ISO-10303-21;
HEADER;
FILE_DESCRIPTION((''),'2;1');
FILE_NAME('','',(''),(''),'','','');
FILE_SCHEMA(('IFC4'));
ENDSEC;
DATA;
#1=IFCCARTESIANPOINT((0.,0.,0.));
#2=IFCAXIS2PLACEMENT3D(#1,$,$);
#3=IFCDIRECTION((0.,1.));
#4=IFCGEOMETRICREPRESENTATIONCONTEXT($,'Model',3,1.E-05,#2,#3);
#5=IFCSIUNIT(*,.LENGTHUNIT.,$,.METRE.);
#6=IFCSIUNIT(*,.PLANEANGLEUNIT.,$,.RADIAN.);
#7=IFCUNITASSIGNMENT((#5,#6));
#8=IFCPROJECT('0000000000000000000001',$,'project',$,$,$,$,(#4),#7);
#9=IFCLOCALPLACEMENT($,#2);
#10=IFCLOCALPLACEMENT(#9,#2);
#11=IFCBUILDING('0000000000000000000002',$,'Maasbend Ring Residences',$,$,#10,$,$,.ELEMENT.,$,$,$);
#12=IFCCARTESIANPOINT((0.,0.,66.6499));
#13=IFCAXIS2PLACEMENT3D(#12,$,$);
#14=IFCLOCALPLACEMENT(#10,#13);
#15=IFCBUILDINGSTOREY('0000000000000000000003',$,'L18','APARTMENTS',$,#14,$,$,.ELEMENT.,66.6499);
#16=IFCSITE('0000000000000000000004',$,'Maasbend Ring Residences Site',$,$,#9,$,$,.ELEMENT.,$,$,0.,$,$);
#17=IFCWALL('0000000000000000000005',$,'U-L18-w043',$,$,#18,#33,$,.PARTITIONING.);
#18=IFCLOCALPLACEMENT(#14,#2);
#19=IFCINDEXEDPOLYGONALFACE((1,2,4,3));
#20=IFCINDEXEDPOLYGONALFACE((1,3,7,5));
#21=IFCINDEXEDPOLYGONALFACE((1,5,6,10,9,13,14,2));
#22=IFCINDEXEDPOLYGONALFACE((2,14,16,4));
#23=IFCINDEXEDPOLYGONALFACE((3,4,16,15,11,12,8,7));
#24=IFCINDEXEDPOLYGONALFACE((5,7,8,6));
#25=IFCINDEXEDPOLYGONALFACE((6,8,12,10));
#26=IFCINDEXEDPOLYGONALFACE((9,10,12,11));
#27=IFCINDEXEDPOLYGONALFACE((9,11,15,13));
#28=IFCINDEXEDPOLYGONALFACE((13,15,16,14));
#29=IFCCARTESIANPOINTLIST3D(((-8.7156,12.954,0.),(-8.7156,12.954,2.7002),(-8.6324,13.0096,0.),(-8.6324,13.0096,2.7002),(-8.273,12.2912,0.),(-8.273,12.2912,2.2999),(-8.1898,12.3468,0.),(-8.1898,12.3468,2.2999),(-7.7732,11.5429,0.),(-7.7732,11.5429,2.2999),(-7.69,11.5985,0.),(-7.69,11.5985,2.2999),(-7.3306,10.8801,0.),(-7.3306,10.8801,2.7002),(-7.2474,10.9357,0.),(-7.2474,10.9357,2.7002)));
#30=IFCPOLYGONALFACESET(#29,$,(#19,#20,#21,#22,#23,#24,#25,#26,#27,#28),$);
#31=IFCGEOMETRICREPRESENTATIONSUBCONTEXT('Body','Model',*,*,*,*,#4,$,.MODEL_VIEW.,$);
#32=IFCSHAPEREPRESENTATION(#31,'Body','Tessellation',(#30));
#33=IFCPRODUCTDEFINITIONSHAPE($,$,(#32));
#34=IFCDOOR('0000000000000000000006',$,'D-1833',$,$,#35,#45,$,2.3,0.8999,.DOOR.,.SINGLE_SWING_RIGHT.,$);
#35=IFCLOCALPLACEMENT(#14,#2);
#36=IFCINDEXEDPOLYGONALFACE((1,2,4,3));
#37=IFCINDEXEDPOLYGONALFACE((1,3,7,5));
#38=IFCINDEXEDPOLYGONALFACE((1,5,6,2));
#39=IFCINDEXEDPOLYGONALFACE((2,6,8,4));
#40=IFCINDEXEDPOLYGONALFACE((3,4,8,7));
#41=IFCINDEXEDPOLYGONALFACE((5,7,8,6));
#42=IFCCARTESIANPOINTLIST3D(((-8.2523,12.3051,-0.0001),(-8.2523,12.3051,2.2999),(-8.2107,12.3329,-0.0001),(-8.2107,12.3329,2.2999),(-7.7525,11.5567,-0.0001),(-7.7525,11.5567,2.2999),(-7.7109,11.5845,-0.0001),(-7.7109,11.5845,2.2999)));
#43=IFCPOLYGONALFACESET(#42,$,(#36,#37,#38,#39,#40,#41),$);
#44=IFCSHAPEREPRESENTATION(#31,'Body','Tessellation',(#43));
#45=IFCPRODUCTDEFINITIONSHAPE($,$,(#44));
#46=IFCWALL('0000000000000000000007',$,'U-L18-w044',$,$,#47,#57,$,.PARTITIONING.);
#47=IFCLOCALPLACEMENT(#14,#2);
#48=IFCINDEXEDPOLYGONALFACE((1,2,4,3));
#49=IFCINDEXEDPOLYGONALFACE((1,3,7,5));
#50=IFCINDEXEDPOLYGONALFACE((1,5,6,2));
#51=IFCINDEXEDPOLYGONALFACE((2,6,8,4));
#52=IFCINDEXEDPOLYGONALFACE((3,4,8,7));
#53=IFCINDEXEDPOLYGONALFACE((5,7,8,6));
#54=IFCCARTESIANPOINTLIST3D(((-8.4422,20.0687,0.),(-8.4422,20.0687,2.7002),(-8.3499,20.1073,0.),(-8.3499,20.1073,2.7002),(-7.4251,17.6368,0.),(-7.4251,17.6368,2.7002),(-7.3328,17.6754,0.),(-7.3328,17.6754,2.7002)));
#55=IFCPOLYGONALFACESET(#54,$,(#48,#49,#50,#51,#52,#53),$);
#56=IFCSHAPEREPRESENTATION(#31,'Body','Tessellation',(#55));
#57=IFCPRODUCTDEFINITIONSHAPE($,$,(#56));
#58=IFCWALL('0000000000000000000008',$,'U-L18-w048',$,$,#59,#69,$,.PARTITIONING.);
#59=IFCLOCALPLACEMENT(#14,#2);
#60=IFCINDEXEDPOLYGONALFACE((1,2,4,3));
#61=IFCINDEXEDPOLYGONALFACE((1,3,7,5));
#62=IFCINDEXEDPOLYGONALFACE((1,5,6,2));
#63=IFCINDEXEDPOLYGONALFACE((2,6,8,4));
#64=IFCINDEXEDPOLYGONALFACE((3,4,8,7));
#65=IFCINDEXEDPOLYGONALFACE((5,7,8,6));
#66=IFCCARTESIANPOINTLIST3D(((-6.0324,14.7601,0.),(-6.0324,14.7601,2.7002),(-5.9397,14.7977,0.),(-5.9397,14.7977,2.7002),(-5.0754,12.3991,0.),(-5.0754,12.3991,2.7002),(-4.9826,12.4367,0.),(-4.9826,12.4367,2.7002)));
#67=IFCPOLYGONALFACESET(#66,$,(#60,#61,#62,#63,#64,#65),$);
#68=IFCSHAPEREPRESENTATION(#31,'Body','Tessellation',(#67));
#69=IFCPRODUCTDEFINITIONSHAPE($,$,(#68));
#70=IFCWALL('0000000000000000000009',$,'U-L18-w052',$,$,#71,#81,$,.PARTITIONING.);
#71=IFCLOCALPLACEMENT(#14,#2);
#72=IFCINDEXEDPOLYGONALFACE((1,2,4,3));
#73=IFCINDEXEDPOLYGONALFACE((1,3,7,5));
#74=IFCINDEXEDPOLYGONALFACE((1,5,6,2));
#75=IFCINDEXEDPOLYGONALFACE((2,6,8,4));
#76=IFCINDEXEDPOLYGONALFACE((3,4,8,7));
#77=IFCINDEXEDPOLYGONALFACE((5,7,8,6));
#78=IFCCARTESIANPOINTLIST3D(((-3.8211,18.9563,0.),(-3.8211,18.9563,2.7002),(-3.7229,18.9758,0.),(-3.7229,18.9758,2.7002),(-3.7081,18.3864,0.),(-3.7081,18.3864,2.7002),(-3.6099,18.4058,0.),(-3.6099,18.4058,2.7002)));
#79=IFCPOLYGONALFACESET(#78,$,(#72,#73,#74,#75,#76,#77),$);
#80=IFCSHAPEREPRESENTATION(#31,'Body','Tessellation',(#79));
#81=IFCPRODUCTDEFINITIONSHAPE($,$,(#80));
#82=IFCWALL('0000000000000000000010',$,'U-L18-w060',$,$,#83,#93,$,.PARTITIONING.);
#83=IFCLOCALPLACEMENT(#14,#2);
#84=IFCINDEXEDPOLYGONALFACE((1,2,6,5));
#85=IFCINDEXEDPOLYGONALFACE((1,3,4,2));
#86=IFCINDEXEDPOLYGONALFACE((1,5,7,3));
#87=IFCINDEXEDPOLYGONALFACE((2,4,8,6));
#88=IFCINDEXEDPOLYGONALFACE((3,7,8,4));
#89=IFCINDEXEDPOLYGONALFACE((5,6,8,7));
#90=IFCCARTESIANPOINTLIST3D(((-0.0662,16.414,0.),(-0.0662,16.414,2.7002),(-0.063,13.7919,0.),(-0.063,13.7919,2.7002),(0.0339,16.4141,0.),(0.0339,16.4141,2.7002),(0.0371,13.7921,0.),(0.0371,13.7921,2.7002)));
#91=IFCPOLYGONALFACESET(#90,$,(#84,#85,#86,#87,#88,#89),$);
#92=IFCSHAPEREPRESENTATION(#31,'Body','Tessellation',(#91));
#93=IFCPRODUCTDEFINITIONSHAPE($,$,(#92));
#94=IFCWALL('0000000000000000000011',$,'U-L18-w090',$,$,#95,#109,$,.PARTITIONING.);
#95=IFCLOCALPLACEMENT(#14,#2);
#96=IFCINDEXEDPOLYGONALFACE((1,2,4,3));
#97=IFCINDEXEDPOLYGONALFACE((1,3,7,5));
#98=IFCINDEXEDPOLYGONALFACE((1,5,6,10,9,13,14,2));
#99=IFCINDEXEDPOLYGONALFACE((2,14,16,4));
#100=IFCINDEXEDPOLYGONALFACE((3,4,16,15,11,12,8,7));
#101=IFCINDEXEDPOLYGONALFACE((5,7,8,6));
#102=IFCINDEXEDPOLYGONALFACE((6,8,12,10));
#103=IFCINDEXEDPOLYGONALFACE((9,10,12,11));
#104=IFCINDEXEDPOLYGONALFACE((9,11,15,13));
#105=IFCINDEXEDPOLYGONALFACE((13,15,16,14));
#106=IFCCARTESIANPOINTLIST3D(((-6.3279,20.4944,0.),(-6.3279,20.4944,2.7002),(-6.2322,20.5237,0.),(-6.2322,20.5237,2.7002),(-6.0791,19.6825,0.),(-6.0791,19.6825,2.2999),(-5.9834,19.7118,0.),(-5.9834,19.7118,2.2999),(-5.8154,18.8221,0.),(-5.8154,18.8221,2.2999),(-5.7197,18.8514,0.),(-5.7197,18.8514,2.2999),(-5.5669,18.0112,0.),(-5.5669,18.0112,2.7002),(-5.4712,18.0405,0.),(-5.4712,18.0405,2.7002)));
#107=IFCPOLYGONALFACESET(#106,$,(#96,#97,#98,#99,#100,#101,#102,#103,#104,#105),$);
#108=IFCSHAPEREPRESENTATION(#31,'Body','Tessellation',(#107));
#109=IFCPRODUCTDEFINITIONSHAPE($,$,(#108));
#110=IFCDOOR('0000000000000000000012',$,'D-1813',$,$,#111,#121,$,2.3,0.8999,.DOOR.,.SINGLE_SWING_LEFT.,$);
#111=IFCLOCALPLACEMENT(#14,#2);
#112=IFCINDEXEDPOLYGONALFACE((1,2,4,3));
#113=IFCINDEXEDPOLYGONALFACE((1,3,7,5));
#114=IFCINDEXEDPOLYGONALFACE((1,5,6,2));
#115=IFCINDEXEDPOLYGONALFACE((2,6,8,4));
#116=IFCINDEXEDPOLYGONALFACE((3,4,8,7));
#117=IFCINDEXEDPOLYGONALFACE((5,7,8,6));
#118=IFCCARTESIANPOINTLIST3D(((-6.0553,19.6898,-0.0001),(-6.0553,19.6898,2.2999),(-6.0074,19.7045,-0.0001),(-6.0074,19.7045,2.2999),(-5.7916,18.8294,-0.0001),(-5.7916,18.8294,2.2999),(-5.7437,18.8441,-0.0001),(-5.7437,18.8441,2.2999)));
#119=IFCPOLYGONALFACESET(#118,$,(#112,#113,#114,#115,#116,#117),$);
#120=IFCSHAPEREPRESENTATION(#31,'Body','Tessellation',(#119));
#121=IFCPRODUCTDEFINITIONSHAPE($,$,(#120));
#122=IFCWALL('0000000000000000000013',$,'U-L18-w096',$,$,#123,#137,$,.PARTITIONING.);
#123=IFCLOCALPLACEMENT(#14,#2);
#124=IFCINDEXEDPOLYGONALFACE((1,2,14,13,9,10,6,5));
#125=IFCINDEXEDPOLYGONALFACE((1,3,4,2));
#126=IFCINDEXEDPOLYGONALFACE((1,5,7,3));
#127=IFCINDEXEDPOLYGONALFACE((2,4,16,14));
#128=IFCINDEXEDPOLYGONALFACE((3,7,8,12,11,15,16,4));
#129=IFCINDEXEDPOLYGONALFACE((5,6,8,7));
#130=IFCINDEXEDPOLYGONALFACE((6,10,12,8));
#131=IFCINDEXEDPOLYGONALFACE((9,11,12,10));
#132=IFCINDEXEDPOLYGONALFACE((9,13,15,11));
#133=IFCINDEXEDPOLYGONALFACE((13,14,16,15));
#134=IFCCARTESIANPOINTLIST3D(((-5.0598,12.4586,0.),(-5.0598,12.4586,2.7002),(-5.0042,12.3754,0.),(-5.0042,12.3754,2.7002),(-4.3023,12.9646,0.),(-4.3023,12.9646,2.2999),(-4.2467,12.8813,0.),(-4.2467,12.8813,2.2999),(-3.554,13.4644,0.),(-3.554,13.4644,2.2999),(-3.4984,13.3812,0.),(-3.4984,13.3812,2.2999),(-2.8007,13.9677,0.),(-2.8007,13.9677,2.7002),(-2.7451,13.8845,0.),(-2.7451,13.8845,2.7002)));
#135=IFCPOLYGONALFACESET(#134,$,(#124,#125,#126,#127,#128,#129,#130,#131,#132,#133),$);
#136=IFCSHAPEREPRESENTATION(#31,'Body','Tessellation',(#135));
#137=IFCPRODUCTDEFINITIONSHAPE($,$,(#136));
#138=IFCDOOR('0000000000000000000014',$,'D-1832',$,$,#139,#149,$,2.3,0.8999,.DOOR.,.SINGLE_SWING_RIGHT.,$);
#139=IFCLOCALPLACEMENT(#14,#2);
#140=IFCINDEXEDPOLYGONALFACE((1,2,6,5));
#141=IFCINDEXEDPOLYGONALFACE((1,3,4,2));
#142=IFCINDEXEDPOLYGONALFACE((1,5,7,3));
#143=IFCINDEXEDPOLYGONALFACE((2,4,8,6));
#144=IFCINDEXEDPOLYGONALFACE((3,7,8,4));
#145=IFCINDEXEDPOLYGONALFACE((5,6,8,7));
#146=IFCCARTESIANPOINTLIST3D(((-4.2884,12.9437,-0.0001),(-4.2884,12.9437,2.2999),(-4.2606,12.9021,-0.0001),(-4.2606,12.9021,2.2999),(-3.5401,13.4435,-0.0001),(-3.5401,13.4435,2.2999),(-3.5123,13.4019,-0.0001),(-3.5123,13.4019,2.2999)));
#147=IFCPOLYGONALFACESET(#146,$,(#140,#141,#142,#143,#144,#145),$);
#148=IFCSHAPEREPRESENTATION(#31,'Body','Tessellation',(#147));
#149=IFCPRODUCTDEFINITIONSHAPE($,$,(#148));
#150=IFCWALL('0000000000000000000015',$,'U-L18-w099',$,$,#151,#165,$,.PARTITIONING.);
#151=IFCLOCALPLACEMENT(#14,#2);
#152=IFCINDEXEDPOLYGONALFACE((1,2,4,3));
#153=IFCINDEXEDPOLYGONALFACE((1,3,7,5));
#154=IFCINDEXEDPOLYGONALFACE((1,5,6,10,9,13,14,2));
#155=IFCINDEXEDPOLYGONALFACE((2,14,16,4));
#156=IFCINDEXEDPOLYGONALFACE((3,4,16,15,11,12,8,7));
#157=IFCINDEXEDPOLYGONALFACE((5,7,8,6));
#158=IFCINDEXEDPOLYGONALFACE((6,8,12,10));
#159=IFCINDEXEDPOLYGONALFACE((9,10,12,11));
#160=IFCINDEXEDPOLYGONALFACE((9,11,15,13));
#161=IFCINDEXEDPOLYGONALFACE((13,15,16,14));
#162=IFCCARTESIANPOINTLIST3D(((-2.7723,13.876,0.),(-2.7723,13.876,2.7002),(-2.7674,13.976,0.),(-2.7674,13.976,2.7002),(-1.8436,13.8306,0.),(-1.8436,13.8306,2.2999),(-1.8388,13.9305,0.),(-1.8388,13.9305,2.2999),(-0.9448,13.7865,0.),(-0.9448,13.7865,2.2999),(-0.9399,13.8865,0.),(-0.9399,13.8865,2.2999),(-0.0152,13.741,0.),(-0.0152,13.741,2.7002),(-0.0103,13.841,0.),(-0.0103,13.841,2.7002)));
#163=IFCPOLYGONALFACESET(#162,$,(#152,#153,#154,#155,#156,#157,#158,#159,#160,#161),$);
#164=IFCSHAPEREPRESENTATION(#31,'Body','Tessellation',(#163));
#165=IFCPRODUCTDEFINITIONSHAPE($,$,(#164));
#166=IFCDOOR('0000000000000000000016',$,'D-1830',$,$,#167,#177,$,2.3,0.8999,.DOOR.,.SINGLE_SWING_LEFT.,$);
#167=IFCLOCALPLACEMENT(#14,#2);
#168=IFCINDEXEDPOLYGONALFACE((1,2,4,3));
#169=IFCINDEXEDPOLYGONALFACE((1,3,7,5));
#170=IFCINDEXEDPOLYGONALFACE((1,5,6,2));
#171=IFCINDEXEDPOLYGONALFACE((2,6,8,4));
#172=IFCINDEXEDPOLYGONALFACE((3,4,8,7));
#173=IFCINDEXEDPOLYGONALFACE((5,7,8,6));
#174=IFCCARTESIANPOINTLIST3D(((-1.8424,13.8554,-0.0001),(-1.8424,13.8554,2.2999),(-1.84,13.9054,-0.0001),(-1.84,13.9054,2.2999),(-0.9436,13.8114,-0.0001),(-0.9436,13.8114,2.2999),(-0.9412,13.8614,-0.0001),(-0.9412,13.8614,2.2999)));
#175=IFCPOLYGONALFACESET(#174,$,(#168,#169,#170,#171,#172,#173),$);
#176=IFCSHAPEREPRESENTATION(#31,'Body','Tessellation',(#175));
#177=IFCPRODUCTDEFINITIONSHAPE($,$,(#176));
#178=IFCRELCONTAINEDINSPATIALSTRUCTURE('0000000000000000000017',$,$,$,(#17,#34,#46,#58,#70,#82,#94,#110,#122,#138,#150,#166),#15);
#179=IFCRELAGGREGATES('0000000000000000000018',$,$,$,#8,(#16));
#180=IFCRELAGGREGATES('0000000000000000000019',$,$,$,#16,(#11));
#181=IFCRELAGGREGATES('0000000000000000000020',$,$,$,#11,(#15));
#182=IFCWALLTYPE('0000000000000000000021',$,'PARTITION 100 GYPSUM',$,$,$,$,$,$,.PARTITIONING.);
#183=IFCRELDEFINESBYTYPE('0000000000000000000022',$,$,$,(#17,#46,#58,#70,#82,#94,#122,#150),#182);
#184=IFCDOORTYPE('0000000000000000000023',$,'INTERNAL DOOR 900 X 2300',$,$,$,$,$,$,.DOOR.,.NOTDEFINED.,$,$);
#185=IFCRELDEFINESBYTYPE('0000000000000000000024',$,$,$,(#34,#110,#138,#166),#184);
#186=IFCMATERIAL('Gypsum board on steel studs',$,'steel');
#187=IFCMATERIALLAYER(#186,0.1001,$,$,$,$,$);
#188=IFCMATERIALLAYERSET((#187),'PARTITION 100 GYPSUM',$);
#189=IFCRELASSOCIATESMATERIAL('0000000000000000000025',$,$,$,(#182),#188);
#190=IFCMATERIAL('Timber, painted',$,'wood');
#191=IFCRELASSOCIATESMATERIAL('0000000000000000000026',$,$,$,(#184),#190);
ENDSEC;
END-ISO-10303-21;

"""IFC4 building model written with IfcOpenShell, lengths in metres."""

from ifc_helpers import new_model, si_unit, direction, frame, frame_2d, origin, place, context, subcontext, project, spatial, rectangle, extrude, material, layer, layer_set, type_object, element, fill, save


model = new_model("IFC4")

# Units and contexts
model_context = context("Model", 3, precision=1e-05, world=origin(), true_north=direction((0.0, 1.0)))
body_context = subcontext(model_context, "Body", "Model", "MODEL_VIEW")
ifc_project = project(units=[si_unit("LENGTHUNIT", "METRE"), si_unit("PLANEANGLEUNIT", "RADIAN")], contexts=[model_context])

# Site, building, storey
site_placement = place(None, origin())
site = spatial("IfcSite", under=ifc_project, at=site_placement, Name="Maasbend Ring Residences Site", CompositionType="ELEMENT", RefElevation=0.0)
building_placement = place(site_placement, origin())
building = spatial("IfcBuilding", under=site, at=building_placement, Name="Maasbend Ring Residences", CompositionType="ELEMENT")
storey_placement = place(building_placement, frame((0.0, 0.0, 66.6499)))
storey = spatial("IfcBuildingStorey", under=building, at=storey_placement, Name="L18", Description="APARTMENTS", CompositionType="ELEMENT", Elevation=66.6499)

# Wall, opening, door
ifc_material_1 = material(Name="Gypsum board on steel studs", Category="steel")
ifc_layer_1 = layer(ifc_material_1, 0.1001)
ifc_layer_set_1 = layer_set([ifc_layer_1], Name="PARTITION 100 GYPSUM")
wall_type_1 = type_object("IfcWallType", Name="PARTITION 100 GYPSUM", PredefinedType="PARTITIONING", material=ifc_layer_set_1)
wall_1_placement = place(storey_placement, frame((-8.6741, 12.9819, 0.0), z_axis=(0.0, 0.0, 1.0), x_axis=(0.555355, -0.831613, 0.0)))
wall_1 = element("IfcWall", 1, at=wall_1_placement, inside=storey, type_object=wall_type_1, Name="U-L18-w043", PredefinedType="PARTITIONING", context=body_context, shape_type="SweptSolid", body=[
    extrude(rectangle(XDim=2.4939, YDim=0.1001, at=frame_2d((1.2471, 0.0))), origin(), (0.0, 0.0, 1.0), 2.7002),
])
opening_1_placement = place(wall_1_placement, frame((0.7971, 0.0, 0.0)))
opening_1 = element("IfcOpeningElement", 2, at=opening_1_placement, cuts=wall_1, PredefinedType="OPENING", context=body_context, shape_type="SweptSolid", body=[
    extrude(rectangle(XDim=0.8999, YDim=2.3, at=frame_2d((0.45, 1.1499))), frame((0.0, 0.0601, 0.0), z_axis=(0.0, -1.0, 0.0), x_axis=(1.0, 0.0, 0.0)), (0.0, 0.0, 1.0), 0.1201),
])
ifc_material_2 = material(Name="Timber, painted", Category="wood")
door_type_1 = type_object("IfcDoorType", Name="INTERNAL DOOR 900 X 2300", OperationType="NOTDEFINED", PredefinedType="DOOR", material=ifc_material_2)
door_1_placement = place(opening_1_placement, origin())
door_1 = element("IfcDoor", 3, at=door_1_placement, inside=storey, type_object=door_type_1, Name="D-1833", OperationType="SINGLE_SWING_RIGHT", OverallHeight=2.3, OverallWidth=0.8999, PredefinedType="DOOR", context=body_context, shape_type="SweptSolid", body=[
    extrude(rectangle(XDim=0.8999, YDim=2.3, at=frame_2d((0.45, 1.1499))), frame((0.0, 0.0249, 0.0), z_axis=(0.0, -1.0, 0.0), x_axis=(1.0, 0.0, 0.0)), (0.0, 0.0, 1.0), 0.05),
])
fill(opening_1, door_1)

# Walls
wall_2_placement = place(storey_placement, frame((-8.396, 20.0879, 0.0), z_axis=(0.0, 0.0, 1.0), x_axis=(0.385845, -0.922564, 0.0)))
element("IfcWall", 4, at=wall_2_placement, inside=storey, type_object=wall_type_1, Name="U-L18-w044", PredefinedType="PARTITIONING", context=body_context, shape_type="SweptSolid", body=[
    extrude(rectangle(XDim=2.636, YDim=0.1001, at=frame_2d((1.3179, 0.0))), origin(), (0.0, 0.0, 1.0), 2.7002),
])
wall_3_placement = place(storey_placement, frame((-5.9861, 14.7791, 0.0), z_axis=(0.0, 0.0, 1.0), x_axis=(0.375649, -0.926762, 0.0)))
element("IfcWall", 5, at=wall_3_placement, inside=storey, type_object=wall_type_1, Name="U-L18-w048", PredefinedType="PARTITIONING", context=body_context, shape_type="SweptSolid", body=[
    extrude(rectangle(XDim=2.5476, YDim=0.1001, at=frame_2d((1.2739, 0.0))), origin(), (0.0, 0.0, 1.0), 2.7002),
])
wall_4_placement = place(storey_placement, frame((-3.772, 18.9661, 0.0), z_axis=(0.0, 0.0, 1.0), x_axis=(0.1945, -0.980902, 0.0)))
element("IfcWall", 6, at=wall_4_placement, inside=storey, type_object=wall_type_1, Name="U-L18-w052", PredefinedType="PARTITIONING", context=body_context, shape_type="SweptSolid", body=[
    extrude(rectangle(XDim=0.5811, YDim=0.1001, at=frame_2d((0.2905, 0.0))), origin(), (0.0, 0.0, 1.0), 2.7002),
])
wall_5_placement = place(storey_placement, frame((-0.0129, 13.792, 0.0), z_axis=(0.0, 0.0, 1.0), x_axis=(-0.00121, 0.999999, 0.0)))
element("IfcWall", 7, at=wall_5_placement, inside=storey, type_object=wall_type_1, Name="U-L18-w060", PredefinedType="PARTITIONING", context=body_context, shape_type="SweptSolid", body=[
    extrude(rectangle(XDim=2.6221, YDim=0.1001, at=frame_2d((1.311, 0.0))), origin(), (0.0, 0.0, 1.0), 2.7002),
])

# Walls, openings, doors
wall_6_placement = place(storey_placement, frame((-6.28, 20.509, 0.0), z_axis=(0.0, 0.0, 1.0), x_axis=(0.293009, -0.95611, 0.0)))
wall_6 = element("IfcWall", 8, at=wall_6_placement, inside=storey, type_object=wall_type_1, Name="U-L18-w090", PredefinedType="PARTITIONING", context=body_context, shape_type="SweptSolid", body=[
    extrude(rectangle(XDim=2.5972, YDim=0.1001, at=frame_2d((1.2986, 0.0))), origin(), (0.0, 0.0, 1.0), 2.7002),
])
opening_2_placement = place(wall_6_placement, frame((0.8491, 0.0, 0.0)))
opening_2 = element("IfcOpeningElement", 9, at=opening_2_placement, cuts=wall_6, PredefinedType="OPENING", context=body_context, shape_type="SweptSolid", body=[
    extrude(rectangle(XDim=0.8999, YDim=2.3, at=frame_2d((0.45, 1.1499))), frame((0.0, 0.0601, 0.0), z_axis=(0.0, -1.0, 0.0), x_axis=(1.0, 0.0, 0.0)), (0.0, 0.0, 1.0), 0.1201),
])
door_2_placement = place(opening_2_placement, origin())
door_2 = element("IfcDoor", 10, at=door_2_placement, inside=storey, type_object=door_type_1, Name="D-1813", OperationType="SINGLE_SWING_LEFT", OverallHeight=2.3, OverallWidth=0.8999, PredefinedType="DOOR", context=body_context, shape_type="SweptSolid", body=[
    extrude(rectangle(XDim=0.8999, YDim=2.3, at=frame_2d((0.45, 1.1499))), frame((0.0, 0.0249, 0.0), z_axis=(0.0, -1.0, 0.0), x_axis=(1.0, 0.0, 0.0)), (0.0, 0.0, 1.0), 0.05),
])
fill(opening_2, door_2)
wall_7_placement = place(storey_placement, frame((-5.032, 12.417, 0.0), z_axis=(0.0, 0.0, 1.0), x_axis=(0.831538, 0.555467, 0.0)))
wall_7 = element("IfcWall", 11, at=wall_7_placement, inside=storey, type_object=wall_type_1, Name="U-L18-w096", PredefinedType="PARTITIONING", context=body_context, shape_type="SweptSolid", body=[
    extrude(rectangle(XDim=2.7168, YDim=0.1001, at=frame_2d((1.3584, 0.0))), origin(), (0.0, 0.0, 1.0), 2.7002),
])
opening_3_placement = place(wall_7_placement, frame((0.9109, 0.0, 0.0)))
opening_3 = element("IfcOpeningElement", 12, at=opening_3_placement, cuts=wall_7, PredefinedType="OPENING", context=body_context, shape_type="SweptSolid", body=[
    extrude(rectangle(XDim=0.8999, YDim=2.3, at=frame_2d((0.45, 1.1499))), frame((0.0, 0.0601, 0.0), z_axis=(0.0, -1.0, 0.0), x_axis=(1.0, 0.0, 0.0)), (0.0, 0.0, 1.0), 0.1201),
])
door_3_placement = place(opening_3_placement, origin())
door_3 = element("IfcDoor", 13, at=door_3_placement, inside=storey, type_object=door_type_1, Name="D-1832", OperationType="SINGLE_SWING_RIGHT", OverallHeight=2.3, OverallWidth=0.8999, PredefinedType="DOOR", context=body_context, shape_type="SweptSolid", body=[
    extrude(rectangle(XDim=0.8999, YDim=2.3, at=frame_2d((0.45, 1.1499))), frame((0.0, 0.0249, 0.0), z_axis=(0.0, -1.0, 0.0), x_axis=(1.0, 0.0, 0.0)), (0.0, 0.0, 1.0), 0.05),
])
fill(opening_3, door_3)
wall_8_placement = place(storey_placement, frame((-2.77, 13.926, 0.0), z_axis=(0.0, 0.0, 1.0), x_axis=(0.998803, -0.04891, 0.0)))
wall_8 = element("IfcWall", 14, at=wall_8_placement, inside=storey, type_object=wall_type_1, Name="U-L18-w099", PredefinedType="PARTITIONING", context=body_context, shape_type="SweptSolid", body=[
    extrude(rectangle(XDim=2.7605, YDim=0.1001, at=frame_2d((1.3804, 0.0))), origin(), (0.0, 0.0, 1.0), 2.7002),
])
opening_4_placement = place(wall_8_placement, frame((0.9299, 0.0, 0.0)))
opening_4 = element("IfcOpeningElement", 15, at=opening_4_placement, cuts=wall_8, PredefinedType="OPENING", context=body_context, shape_type="SweptSolid", body=[
    extrude(rectangle(XDim=0.8999, YDim=2.3, at=frame_2d((0.45, 1.1499))), frame((0.0, 0.0601, 0.0), z_axis=(0.0, -1.0, 0.0), x_axis=(1.0, 0.0, 0.0)), (0.0, 0.0, 1.0), 0.1201),
])
door_4_placement = place(opening_4_placement, origin())
door_4 = element("IfcDoor", 16, at=door_4_placement, inside=storey, type_object=door_type_1, Name="D-1830", OperationType="SINGLE_SWING_LEFT", OverallHeight=2.3, OverallWidth=0.8999, PredefinedType="DOOR", context=body_context, shape_type="SweptSolid", body=[
    extrude(rectangle(XDim=0.8999, YDim=2.3, at=frame_2d((0.45, 1.1499))), frame((0.0, 0.0249, 0.0), z_axis=(0.0, -1.0, 0.0), x_axis=(1.0, 0.0, 0.0)), (0.0, 0.0, 1.0), 0.05),
])
fill(opening_4, door_4)

save(model, "model.ifc")
